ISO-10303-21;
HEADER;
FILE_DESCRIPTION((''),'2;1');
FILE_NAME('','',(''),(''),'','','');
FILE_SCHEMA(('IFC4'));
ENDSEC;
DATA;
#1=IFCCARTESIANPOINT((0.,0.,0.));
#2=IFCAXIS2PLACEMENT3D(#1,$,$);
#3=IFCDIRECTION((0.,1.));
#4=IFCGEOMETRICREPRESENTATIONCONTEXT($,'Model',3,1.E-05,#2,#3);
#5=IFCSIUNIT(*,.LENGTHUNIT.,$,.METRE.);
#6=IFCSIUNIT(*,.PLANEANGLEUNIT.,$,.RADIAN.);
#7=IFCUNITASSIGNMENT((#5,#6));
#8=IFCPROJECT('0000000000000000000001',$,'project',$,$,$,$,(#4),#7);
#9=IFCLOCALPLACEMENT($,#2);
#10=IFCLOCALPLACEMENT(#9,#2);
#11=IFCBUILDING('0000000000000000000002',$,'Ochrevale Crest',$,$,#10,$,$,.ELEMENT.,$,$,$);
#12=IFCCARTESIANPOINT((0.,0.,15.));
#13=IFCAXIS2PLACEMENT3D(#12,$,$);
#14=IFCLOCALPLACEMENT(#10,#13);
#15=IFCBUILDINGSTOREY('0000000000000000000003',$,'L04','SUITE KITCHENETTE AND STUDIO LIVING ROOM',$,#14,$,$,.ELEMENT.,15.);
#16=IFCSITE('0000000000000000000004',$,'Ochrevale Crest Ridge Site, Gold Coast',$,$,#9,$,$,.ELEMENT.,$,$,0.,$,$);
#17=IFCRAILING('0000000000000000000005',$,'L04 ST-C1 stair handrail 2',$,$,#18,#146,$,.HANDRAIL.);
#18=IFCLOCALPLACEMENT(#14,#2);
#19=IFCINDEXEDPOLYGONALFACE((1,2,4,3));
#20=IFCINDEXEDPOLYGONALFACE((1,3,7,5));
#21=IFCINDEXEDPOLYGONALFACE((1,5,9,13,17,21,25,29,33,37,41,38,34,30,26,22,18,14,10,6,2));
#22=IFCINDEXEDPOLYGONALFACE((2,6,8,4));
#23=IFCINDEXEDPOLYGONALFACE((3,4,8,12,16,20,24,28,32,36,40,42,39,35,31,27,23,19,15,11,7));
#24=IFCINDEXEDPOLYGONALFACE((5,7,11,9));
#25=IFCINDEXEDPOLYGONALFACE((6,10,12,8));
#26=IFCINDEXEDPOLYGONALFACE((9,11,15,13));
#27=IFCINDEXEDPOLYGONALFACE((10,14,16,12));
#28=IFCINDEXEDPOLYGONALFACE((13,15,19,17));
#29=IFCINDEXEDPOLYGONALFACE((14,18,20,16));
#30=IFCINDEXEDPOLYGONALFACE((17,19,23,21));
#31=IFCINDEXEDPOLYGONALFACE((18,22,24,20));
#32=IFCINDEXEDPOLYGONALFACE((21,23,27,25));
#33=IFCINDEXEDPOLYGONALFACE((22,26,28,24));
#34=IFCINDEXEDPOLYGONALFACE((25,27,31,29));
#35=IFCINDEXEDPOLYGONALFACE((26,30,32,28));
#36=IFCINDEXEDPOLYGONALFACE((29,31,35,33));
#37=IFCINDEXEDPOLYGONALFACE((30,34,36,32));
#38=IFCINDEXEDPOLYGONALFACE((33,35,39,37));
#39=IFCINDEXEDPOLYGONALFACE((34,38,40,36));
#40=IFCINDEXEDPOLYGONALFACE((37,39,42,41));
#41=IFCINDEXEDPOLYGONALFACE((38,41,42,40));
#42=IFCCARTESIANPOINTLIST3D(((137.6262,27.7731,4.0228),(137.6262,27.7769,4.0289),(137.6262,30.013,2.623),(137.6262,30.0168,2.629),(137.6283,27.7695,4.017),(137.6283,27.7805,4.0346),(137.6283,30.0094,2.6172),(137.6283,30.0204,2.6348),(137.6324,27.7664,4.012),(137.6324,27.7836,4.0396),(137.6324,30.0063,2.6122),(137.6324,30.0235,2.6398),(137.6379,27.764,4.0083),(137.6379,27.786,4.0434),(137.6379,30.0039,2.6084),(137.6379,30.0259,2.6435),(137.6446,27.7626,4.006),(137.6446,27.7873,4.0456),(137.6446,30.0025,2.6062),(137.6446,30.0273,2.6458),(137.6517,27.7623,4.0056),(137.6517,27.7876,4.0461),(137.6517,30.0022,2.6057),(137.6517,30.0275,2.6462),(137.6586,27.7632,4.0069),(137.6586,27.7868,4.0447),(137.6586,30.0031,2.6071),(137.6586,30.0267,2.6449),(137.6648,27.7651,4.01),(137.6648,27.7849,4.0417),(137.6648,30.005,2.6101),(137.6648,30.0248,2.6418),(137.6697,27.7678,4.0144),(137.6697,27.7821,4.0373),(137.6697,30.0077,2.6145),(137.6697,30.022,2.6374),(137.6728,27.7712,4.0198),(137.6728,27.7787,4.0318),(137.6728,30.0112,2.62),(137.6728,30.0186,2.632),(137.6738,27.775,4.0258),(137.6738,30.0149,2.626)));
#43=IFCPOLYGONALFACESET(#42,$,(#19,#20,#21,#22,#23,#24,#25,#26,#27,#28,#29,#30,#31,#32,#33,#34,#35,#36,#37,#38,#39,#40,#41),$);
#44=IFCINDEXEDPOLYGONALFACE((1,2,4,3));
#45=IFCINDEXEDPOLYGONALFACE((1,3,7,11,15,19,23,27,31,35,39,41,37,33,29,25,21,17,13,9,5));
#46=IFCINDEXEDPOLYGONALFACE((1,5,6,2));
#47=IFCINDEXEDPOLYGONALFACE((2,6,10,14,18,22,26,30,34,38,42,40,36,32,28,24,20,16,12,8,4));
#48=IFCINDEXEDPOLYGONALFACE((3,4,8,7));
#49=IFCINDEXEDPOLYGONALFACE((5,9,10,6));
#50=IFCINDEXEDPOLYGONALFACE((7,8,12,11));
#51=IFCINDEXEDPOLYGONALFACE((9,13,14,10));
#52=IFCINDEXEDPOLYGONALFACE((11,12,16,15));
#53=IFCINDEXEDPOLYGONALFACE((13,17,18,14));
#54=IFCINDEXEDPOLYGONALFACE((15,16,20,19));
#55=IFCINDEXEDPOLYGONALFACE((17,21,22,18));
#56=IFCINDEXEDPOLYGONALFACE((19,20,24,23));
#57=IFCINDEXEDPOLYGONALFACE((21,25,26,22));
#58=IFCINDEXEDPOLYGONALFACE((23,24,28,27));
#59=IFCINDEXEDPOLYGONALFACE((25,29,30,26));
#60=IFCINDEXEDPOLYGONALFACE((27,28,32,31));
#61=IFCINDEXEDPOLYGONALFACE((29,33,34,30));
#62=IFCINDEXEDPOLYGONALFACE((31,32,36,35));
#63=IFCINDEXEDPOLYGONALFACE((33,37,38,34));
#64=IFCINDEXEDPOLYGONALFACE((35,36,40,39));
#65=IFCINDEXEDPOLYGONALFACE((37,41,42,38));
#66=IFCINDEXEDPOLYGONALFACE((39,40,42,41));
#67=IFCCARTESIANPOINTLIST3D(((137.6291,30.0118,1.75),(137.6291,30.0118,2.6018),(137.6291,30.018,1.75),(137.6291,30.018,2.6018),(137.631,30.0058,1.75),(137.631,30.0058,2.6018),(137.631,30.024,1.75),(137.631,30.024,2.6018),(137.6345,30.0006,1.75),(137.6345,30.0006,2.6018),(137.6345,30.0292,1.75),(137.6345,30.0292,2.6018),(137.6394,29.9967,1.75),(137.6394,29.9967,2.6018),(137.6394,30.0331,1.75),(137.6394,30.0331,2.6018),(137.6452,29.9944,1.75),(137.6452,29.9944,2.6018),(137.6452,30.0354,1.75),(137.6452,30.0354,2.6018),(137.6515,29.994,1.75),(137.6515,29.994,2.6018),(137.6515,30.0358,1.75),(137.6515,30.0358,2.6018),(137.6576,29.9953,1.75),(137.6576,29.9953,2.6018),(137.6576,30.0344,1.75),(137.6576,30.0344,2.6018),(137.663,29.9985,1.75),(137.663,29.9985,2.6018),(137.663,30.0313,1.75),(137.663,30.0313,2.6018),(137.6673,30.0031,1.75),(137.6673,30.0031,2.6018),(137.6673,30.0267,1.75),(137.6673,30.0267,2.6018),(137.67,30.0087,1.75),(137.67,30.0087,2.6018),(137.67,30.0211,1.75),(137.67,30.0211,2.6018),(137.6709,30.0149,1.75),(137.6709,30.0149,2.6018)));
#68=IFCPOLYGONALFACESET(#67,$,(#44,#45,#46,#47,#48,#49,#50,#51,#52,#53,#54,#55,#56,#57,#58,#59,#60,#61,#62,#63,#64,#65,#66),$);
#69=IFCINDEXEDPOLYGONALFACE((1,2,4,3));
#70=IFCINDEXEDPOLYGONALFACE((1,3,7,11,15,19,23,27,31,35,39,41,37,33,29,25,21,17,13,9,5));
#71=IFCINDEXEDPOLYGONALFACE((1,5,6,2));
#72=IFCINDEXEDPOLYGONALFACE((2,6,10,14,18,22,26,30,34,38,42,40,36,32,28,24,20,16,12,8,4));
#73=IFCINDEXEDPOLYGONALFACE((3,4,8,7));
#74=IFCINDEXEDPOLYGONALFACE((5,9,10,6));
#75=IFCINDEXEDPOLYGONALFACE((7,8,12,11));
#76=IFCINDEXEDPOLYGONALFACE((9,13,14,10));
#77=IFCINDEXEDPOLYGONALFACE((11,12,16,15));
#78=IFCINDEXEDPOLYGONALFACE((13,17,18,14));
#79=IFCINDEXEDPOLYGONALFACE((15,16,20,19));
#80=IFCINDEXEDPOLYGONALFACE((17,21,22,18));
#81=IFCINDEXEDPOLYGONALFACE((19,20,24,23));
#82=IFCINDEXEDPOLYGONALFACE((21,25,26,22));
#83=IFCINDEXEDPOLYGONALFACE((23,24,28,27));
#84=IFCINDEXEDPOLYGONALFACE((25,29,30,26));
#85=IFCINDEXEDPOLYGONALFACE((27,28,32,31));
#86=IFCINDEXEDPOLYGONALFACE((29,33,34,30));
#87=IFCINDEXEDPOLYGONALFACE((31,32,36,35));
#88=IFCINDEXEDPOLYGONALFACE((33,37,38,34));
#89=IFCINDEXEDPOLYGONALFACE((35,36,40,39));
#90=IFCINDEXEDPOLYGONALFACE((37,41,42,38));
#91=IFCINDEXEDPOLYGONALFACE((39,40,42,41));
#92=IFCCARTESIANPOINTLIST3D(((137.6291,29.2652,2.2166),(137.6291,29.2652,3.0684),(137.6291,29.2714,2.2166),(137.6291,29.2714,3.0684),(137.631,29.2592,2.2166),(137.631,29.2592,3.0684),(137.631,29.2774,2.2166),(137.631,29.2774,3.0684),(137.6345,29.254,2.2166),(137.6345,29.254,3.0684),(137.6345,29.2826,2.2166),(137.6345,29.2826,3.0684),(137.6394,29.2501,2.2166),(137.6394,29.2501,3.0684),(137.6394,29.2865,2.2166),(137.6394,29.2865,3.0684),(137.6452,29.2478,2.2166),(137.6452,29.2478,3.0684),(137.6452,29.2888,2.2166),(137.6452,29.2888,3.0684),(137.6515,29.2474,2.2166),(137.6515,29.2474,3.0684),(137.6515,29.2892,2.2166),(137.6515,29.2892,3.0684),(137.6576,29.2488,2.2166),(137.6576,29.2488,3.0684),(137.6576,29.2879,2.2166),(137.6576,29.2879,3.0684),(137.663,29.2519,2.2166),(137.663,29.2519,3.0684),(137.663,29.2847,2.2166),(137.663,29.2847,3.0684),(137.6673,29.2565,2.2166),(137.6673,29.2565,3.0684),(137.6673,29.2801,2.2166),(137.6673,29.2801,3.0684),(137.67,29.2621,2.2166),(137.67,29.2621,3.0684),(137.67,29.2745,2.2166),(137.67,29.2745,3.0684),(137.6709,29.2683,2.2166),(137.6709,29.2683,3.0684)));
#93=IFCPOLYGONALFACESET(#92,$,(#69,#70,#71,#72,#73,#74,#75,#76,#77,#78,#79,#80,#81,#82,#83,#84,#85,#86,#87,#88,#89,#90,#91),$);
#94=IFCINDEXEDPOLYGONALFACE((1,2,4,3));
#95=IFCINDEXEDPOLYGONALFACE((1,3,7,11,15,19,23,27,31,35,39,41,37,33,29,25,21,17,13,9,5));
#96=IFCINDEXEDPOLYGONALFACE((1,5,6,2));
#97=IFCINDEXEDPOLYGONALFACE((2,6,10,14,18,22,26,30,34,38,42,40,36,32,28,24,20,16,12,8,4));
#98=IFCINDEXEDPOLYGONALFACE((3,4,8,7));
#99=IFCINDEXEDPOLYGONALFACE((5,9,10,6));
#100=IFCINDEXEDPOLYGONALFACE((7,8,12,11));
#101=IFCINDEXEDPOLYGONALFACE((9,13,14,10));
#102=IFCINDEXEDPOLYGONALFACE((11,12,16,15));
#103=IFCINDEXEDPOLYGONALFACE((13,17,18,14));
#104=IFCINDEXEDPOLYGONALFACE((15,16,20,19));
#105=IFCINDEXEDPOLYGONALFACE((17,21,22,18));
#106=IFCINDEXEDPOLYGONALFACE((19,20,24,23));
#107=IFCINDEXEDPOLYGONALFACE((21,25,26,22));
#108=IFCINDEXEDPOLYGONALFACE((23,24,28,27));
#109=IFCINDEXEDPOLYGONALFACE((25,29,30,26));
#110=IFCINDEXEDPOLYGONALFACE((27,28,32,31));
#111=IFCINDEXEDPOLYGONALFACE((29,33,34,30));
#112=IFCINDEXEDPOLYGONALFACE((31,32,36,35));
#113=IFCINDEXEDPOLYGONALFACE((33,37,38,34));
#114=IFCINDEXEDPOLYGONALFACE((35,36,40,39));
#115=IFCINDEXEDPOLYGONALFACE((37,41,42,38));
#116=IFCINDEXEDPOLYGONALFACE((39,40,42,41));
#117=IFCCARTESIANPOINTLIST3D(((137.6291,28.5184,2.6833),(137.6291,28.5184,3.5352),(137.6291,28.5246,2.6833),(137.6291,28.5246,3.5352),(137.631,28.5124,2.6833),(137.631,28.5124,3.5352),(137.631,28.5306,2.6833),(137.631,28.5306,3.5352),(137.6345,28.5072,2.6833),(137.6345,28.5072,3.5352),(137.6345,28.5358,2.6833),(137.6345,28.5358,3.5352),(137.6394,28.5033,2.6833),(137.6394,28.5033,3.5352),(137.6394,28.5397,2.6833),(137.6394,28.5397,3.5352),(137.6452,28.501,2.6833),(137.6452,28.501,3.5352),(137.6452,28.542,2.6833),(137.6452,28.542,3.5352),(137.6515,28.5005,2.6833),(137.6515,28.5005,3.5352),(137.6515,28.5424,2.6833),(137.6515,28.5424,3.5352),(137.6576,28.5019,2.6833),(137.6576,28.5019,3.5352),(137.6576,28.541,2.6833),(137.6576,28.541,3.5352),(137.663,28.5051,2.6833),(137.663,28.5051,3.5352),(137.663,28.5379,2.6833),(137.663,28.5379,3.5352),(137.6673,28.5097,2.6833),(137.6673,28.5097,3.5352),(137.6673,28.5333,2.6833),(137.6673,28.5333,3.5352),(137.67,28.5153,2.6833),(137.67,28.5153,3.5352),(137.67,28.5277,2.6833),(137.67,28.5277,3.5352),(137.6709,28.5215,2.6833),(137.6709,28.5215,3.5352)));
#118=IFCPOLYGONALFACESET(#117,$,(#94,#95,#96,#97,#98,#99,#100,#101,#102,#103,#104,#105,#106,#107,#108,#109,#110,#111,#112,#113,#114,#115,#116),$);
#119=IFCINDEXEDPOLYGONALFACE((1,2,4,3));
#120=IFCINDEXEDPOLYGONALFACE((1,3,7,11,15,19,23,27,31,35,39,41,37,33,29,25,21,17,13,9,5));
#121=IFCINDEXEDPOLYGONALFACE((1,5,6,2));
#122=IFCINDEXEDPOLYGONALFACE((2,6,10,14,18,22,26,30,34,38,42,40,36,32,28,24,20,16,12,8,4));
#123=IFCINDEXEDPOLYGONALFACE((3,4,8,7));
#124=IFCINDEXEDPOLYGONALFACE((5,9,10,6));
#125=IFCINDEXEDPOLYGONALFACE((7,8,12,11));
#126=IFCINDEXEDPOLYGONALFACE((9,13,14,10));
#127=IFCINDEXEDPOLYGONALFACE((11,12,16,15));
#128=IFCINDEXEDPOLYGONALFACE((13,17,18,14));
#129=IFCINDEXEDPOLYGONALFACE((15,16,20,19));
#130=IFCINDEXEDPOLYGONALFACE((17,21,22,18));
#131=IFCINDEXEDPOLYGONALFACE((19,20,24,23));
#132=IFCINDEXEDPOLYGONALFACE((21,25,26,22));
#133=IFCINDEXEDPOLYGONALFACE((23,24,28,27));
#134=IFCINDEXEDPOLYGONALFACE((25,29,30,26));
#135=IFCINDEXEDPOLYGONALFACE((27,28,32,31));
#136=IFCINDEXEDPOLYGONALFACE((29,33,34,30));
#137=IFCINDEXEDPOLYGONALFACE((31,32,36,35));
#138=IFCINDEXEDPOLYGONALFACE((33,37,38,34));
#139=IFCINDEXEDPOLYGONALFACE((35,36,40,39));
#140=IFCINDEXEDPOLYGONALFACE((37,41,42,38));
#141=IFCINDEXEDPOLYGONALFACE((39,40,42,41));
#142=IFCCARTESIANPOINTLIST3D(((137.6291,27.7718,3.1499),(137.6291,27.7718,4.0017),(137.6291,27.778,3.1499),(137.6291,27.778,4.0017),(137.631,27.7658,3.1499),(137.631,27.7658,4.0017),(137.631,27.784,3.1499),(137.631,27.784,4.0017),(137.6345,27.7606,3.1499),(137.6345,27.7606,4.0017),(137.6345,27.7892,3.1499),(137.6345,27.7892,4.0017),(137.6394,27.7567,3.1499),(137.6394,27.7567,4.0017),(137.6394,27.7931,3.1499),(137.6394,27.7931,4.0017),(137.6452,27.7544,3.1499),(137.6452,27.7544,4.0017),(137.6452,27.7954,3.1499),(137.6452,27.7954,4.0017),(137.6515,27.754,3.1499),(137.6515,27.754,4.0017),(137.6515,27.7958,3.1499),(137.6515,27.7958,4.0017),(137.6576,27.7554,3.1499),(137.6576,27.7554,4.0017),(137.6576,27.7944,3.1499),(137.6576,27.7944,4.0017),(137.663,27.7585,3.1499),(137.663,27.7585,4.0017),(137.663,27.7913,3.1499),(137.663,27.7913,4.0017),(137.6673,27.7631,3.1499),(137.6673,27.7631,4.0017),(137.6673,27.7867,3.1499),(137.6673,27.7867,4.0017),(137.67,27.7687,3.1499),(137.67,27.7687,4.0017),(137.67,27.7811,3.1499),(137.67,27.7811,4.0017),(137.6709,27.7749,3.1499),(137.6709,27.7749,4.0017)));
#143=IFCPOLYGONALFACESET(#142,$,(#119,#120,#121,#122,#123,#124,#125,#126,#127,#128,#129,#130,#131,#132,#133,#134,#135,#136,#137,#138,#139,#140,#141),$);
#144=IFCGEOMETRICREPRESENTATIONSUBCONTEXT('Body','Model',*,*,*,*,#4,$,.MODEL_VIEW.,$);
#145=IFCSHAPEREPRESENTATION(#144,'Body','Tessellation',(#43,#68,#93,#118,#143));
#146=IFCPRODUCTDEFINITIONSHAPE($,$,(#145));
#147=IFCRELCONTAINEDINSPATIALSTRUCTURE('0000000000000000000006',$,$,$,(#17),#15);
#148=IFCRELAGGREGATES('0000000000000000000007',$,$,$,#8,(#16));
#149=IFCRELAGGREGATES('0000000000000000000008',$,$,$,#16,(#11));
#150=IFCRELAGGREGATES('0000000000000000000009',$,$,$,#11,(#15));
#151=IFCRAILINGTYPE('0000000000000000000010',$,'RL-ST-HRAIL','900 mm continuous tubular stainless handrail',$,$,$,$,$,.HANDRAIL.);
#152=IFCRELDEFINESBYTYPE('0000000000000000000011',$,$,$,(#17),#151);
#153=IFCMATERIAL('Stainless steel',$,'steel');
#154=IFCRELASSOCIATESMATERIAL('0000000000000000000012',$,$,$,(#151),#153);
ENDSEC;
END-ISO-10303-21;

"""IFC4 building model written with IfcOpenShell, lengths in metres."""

from ifc_helpers import new_model, si_unit, direction, frame, origin, origin_2d, place, context, subcontext, project, spatial, circle, extrude, material, type_object, element, save


model = new_model("IFC4")

# Units and contexts
model_context = context("Model", 3, precision=1e-05, world=origin(), true_north=direction((0.0, 1.0)))
body_context = subcontext(model_context, "Body", "Model", "MODEL_VIEW")
ifc_project = project(units=[si_unit("LENGTHUNIT", "METRE"), si_unit("PLANEANGLEUNIT", "RADIAN")], contexts=[model_context])

# Site, building, storey
site_placement = place(None, origin())
site = spatial("IfcSite", under=ifc_project, at=site_placement, Name="Ochrevale Crest Ridge Site, Gold Coast", CompositionType="ELEMENT", RefElevation=0.0)
building_placement = place(site_placement, origin())
building = spatial("IfcBuilding", under=site, at=building_placement, Name="Ochrevale Crest", CompositionType="ELEMENT")
storey_placement = place(building_placement, frame((0.0, 0.0, 15.0)))
storey = spatial("IfcBuildingStorey", under=building, at=storey_placement, Name="L04", Description="SUITE KITCHENETTE AND STUDIO LIVING ROOM", CompositionType="ELEMENT", Elevation=15.0)

# Railing
ifc_material_1 = material(Name="Stainless steel", Category="steel")
railing_type_1 = type_object("IfcRailingType", Name="RL-ST-HRAIL", Description="900 mm continuous tubular stainless handrail", PredefinedType="HANDRAIL", material=ifc_material_1)
railing_1_placement = place(storey_placement, frame((137.6499, 30.0149, 1.75)))
element("IfcRailing", 1, at=railing_1_placement, inside=storey, type_object=railing_type_1, Name="L04 ST-C1 stair handrail 2", PredefinedType="HANDRAIL", context=body_context, shape_type="SweptSolid", body=[
    extrude(circle(Radius=0.0239, at=origin_2d()), frame((0.0, 0.0, 0.876), z_axis=(0.0, -0.848014, 0.529974), x_axis=(1.0, 0.0, 0.0)), (0.0, 0.0, 1.0), 2.6414),
    extrude(circle(Radius=0.021, at=origin_2d()), origin(), (0.0, 0.0, 1.0), 0.8518),
    extrude(circle(Radius=0.021, at=origin_2d()), frame((0.0, -0.7466, 0.4666)), (0.0, 0.0, 1.0), 0.8518),
    extrude(circle(Radius=0.021, at=origin_2d()), frame((0.0, -1.4934, 0.9333)), (0.0, 0.0, 1.0), 0.8518),
    extrude(circle(Radius=0.021, at=origin_2d()), frame((0.0, -2.24, 1.3999)), (0.0, 0.0, 1.0), 0.8518),
])

save(model, "model.ifc")
